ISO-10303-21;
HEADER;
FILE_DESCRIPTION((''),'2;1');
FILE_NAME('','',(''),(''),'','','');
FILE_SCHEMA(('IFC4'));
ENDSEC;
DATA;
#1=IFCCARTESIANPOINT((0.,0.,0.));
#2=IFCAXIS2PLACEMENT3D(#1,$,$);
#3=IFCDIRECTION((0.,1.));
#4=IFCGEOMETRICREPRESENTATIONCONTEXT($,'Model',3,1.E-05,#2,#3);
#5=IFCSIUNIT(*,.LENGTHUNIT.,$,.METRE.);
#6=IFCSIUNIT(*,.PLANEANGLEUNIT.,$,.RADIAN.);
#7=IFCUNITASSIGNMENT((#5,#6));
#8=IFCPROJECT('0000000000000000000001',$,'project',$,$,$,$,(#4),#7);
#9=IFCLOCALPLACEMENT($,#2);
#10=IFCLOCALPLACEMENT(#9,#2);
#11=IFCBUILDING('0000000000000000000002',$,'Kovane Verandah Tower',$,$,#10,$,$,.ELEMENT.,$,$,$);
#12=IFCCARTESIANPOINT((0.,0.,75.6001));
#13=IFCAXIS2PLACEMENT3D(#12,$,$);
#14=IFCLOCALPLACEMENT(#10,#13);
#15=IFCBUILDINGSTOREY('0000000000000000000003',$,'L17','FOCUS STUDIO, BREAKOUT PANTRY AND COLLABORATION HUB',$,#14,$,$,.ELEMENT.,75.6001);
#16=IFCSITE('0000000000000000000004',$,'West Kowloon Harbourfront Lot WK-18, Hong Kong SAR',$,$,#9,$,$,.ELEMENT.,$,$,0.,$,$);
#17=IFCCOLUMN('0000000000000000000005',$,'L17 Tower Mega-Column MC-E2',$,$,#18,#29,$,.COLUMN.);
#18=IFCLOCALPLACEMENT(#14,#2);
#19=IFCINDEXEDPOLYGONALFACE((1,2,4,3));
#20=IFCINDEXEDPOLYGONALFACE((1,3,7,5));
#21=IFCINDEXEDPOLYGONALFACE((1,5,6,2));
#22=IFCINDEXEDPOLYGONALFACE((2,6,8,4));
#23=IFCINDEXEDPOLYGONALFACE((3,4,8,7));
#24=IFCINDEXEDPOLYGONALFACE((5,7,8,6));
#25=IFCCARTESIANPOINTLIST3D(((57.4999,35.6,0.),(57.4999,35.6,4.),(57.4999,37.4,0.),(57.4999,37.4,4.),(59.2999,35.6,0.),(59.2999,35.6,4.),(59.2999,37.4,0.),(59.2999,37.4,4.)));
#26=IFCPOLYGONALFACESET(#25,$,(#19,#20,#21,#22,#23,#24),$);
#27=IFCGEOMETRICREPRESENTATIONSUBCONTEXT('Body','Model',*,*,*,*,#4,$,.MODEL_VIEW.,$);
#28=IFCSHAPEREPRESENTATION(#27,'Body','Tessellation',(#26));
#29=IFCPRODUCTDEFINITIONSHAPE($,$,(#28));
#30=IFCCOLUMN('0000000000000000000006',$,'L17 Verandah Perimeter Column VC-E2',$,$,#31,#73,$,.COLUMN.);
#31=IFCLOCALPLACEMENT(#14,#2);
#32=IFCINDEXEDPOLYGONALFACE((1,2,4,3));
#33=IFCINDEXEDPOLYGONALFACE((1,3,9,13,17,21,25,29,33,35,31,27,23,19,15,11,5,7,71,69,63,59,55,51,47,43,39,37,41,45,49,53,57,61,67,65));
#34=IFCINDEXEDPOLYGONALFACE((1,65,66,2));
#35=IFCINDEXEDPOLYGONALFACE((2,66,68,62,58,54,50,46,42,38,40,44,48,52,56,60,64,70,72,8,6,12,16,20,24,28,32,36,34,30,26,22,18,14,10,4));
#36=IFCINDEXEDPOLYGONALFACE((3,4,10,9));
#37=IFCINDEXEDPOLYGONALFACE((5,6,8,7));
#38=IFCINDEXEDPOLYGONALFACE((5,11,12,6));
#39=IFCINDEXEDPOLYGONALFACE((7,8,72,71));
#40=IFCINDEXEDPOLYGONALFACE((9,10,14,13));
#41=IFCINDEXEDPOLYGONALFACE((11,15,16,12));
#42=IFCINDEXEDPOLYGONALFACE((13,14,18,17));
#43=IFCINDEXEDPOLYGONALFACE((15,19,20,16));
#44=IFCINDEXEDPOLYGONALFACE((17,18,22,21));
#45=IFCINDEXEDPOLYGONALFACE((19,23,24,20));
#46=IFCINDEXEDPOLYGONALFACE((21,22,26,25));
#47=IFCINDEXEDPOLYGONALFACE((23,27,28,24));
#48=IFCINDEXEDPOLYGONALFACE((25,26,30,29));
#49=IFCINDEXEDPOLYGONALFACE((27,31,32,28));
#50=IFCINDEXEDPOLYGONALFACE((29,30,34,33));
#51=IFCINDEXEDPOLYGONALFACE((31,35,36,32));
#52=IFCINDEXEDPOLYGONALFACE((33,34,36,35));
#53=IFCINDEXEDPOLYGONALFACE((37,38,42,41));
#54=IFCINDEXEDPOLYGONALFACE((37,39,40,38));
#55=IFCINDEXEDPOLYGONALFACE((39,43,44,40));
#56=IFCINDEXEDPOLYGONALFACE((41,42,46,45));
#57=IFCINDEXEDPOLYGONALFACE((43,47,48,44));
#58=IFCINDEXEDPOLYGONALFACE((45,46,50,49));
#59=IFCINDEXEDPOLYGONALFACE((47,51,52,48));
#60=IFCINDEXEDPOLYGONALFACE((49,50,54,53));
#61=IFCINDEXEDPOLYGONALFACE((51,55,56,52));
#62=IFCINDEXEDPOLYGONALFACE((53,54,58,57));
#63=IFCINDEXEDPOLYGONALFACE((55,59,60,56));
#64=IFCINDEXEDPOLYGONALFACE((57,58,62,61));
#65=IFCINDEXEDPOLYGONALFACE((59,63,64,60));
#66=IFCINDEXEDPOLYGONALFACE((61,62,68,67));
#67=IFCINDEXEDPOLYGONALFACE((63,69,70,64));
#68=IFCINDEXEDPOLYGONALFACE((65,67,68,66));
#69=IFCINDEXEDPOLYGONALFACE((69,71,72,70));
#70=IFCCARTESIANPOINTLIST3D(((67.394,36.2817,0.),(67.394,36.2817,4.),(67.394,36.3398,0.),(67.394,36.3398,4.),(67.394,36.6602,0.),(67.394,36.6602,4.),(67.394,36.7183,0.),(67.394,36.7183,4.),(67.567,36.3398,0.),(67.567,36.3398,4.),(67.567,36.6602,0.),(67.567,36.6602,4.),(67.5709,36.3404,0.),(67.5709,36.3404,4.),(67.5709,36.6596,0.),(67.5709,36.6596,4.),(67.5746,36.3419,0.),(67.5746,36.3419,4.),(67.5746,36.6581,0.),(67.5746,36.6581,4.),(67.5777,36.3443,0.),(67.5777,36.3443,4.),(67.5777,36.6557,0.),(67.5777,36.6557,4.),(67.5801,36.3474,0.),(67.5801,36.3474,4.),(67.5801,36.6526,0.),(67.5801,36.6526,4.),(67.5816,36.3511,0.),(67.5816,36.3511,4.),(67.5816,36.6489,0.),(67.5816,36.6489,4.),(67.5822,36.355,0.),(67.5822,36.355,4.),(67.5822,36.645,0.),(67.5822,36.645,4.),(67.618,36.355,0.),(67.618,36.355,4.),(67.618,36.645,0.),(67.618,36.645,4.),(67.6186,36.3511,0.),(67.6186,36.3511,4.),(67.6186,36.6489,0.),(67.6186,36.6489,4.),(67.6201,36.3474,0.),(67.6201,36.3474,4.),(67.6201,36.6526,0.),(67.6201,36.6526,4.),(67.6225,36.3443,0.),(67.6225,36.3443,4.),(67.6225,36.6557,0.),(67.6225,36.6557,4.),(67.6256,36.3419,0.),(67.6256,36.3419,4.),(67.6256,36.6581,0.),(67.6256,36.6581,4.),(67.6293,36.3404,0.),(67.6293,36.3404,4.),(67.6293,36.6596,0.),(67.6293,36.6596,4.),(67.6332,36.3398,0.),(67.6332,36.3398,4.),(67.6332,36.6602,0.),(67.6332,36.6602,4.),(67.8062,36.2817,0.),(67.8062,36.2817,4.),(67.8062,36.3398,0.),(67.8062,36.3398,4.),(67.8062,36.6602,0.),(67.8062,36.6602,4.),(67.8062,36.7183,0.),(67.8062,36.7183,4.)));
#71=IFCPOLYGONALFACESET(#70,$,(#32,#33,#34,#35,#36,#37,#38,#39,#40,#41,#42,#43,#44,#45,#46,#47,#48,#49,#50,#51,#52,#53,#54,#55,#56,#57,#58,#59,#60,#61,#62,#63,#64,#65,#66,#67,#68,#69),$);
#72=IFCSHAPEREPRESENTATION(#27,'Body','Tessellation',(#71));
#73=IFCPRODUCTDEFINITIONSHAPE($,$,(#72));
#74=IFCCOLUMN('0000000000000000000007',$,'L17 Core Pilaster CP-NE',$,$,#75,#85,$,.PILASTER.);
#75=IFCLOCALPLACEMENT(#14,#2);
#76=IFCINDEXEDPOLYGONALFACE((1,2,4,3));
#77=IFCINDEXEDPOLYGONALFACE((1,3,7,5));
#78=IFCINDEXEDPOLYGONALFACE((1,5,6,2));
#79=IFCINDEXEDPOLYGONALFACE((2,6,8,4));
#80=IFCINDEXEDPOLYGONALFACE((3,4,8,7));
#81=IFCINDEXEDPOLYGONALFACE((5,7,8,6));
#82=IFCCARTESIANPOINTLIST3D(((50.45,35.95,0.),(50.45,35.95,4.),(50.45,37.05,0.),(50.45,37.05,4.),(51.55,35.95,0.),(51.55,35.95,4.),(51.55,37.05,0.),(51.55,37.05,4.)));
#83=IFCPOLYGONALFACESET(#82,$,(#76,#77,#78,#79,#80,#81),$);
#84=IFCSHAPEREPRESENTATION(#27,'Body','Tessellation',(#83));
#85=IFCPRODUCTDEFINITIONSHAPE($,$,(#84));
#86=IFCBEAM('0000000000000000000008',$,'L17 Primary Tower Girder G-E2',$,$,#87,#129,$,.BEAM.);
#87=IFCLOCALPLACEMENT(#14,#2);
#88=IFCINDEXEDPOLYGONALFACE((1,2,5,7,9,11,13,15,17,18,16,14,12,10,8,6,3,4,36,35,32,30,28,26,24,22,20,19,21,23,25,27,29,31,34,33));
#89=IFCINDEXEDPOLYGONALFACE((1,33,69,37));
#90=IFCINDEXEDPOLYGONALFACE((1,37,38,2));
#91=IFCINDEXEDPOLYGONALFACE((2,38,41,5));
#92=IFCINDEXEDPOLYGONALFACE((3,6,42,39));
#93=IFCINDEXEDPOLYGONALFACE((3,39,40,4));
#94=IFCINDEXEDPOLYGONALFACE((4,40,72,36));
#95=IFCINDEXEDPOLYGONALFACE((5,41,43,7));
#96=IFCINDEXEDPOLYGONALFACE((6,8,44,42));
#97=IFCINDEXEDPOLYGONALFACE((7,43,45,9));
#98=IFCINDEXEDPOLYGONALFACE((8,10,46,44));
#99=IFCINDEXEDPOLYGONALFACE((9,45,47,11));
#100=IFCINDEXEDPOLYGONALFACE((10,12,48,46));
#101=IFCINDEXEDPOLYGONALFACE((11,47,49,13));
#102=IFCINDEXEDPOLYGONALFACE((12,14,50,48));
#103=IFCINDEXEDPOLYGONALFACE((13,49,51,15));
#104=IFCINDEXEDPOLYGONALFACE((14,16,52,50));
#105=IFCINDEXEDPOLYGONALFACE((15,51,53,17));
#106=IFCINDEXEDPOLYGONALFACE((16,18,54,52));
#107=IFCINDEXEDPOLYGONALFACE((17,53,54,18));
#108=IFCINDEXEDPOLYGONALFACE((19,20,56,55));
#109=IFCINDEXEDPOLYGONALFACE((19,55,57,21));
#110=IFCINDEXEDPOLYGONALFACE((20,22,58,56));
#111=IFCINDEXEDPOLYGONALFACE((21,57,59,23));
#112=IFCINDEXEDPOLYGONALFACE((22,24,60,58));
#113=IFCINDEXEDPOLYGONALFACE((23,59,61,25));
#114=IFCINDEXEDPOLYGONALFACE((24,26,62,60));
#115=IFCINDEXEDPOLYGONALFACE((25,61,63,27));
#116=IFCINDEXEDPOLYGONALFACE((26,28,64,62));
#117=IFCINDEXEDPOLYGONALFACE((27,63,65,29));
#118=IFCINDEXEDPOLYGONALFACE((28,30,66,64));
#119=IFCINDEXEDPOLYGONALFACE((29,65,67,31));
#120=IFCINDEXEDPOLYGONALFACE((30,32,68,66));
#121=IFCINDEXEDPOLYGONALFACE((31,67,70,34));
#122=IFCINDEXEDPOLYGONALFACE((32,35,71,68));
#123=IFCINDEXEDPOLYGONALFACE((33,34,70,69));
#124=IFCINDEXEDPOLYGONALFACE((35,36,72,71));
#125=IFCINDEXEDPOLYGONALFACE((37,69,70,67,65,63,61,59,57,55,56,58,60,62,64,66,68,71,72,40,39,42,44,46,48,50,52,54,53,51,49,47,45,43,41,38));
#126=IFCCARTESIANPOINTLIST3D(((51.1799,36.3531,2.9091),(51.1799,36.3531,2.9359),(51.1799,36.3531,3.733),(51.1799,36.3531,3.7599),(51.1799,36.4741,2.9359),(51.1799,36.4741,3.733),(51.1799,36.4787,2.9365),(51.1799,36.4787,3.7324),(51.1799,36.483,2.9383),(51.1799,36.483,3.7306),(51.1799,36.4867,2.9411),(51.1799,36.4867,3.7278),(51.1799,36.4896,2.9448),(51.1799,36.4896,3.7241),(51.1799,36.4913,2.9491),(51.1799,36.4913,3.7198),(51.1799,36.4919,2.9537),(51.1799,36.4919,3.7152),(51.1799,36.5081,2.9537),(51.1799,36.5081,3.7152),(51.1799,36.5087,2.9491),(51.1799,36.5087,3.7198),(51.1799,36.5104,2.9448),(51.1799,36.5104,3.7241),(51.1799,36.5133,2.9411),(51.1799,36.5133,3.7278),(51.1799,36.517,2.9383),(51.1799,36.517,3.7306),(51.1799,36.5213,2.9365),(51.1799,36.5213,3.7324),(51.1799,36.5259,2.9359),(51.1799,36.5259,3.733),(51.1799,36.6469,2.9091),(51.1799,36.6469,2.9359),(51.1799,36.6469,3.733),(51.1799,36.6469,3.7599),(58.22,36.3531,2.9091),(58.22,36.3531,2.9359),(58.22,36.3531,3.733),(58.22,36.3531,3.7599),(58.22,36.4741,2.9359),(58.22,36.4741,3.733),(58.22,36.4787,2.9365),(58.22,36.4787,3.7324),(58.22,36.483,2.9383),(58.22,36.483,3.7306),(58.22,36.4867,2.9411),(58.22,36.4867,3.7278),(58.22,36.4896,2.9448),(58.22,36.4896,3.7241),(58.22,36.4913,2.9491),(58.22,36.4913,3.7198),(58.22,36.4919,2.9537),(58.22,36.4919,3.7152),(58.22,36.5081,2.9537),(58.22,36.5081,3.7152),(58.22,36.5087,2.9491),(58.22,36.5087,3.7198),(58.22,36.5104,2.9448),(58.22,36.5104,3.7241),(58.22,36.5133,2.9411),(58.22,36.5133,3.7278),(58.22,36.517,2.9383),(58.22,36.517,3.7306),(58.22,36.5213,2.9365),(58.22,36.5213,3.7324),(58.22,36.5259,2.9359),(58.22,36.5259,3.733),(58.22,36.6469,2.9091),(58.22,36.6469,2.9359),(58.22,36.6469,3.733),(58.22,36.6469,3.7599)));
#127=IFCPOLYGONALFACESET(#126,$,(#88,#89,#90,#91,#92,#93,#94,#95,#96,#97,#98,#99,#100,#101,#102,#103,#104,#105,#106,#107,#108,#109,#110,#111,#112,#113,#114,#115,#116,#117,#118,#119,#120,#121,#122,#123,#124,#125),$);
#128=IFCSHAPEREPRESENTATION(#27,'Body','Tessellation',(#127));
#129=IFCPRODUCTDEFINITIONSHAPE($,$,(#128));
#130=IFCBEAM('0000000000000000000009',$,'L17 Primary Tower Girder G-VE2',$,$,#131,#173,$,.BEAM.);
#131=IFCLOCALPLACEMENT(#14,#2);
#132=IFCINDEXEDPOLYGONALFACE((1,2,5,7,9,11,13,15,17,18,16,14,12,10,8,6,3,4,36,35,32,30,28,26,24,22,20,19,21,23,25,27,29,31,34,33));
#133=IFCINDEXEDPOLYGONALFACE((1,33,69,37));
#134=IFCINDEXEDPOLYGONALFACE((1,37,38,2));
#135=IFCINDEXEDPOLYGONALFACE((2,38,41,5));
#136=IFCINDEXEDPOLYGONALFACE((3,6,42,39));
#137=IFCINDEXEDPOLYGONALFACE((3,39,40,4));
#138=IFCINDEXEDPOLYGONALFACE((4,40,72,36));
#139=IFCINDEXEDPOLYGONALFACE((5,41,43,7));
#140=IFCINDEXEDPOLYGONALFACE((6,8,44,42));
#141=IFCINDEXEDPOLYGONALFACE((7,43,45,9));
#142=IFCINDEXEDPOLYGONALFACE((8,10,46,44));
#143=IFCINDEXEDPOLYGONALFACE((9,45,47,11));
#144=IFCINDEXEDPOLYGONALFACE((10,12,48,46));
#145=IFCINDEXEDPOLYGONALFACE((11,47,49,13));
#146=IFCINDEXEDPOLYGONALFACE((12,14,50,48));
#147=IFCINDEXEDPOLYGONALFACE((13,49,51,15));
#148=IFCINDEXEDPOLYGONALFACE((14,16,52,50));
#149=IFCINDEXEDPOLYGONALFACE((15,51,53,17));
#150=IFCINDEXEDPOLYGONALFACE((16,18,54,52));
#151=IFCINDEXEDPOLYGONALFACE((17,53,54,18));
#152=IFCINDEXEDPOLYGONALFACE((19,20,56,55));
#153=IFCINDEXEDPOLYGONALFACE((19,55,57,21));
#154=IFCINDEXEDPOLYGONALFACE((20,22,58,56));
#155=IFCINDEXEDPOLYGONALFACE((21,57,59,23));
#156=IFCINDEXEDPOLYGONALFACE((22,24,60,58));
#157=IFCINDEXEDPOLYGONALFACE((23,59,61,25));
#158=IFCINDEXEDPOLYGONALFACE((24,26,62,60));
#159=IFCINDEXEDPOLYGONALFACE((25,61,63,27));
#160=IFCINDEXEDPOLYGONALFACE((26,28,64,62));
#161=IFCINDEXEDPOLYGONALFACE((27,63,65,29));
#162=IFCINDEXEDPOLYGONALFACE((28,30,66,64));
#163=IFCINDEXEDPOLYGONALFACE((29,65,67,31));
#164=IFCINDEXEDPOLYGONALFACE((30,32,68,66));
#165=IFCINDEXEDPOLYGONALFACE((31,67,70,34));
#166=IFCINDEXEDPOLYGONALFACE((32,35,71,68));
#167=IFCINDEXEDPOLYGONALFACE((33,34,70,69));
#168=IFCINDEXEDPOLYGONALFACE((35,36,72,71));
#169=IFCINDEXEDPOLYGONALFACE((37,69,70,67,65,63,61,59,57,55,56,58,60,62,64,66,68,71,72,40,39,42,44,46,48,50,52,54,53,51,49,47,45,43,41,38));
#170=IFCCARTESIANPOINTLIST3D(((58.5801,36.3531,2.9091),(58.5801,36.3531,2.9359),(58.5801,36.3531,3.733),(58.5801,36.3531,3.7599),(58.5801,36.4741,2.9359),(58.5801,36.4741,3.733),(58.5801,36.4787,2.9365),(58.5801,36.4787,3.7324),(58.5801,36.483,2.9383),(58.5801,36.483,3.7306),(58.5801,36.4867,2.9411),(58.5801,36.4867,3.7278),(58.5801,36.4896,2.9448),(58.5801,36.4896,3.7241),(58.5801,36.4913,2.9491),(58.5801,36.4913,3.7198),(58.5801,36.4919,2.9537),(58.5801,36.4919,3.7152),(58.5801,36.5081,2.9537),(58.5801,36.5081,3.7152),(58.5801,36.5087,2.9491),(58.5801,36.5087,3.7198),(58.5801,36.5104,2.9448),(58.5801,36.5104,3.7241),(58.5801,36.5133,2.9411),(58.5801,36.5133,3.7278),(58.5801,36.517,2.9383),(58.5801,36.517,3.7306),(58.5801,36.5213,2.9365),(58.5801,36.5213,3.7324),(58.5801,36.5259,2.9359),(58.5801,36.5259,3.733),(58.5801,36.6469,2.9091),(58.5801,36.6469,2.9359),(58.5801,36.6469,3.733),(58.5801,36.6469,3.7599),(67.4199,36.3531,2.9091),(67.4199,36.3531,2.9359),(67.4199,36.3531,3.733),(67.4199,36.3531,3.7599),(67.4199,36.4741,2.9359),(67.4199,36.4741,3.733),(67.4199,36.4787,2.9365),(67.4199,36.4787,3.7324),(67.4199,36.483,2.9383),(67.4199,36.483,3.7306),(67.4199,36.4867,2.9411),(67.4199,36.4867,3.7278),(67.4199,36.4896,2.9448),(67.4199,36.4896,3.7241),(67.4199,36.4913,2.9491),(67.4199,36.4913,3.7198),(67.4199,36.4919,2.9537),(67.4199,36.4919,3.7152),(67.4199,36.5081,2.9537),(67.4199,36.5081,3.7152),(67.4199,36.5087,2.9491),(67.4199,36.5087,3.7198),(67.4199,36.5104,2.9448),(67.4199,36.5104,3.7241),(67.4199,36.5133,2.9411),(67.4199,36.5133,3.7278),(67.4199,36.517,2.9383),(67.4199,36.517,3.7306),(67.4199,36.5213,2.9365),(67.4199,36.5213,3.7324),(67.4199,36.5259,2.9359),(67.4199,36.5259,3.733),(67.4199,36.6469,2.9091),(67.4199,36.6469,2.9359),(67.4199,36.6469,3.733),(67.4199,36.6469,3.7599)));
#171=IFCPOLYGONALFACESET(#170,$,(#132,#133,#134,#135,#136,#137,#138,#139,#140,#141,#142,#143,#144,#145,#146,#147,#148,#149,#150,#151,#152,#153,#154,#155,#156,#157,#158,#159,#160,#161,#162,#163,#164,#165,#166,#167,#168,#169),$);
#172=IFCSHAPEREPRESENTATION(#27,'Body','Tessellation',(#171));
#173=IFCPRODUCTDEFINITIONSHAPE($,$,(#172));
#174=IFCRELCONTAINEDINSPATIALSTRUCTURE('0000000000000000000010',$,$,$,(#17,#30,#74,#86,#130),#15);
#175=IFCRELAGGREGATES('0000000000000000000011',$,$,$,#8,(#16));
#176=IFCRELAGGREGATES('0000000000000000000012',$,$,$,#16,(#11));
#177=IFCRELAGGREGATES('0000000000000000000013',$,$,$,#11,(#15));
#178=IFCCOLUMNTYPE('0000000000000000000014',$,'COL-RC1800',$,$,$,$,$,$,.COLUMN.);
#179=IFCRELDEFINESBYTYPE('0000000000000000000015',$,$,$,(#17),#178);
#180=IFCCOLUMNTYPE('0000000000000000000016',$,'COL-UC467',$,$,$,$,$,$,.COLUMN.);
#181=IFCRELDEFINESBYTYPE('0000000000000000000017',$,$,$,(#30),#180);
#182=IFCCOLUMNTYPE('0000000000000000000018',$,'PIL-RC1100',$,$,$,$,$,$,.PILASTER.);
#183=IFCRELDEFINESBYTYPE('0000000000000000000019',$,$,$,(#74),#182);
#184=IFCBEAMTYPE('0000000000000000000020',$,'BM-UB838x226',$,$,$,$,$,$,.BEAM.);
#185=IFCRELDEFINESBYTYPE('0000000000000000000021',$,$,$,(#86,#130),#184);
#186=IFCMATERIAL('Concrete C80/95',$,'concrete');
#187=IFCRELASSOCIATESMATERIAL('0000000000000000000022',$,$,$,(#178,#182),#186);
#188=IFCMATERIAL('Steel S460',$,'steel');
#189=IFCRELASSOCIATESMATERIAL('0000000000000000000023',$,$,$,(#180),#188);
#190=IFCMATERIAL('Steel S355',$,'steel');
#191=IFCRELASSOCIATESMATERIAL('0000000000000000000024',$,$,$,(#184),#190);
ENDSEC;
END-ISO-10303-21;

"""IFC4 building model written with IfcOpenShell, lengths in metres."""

from ifc_helpers import new_model, si_unit, direction, frame, origin, origin_2d, place, context, subcontext, project, spatial, rectangle, i_section, extrude, material, material_profile, profile_set, type_object, element, save


model = new_model("IFC4")

# Units and contexts
model_context = context("Model", 3, precision=1e-05, world=origin(), true_north=direction((0.0, 1.0)))
body_context = subcontext(model_context, "Body", "Model", "MODEL_VIEW")
ifc_project = project(units=[si_unit("LENGTHUNIT", "METRE"), si_unit("PLANEANGLEUNIT", "RADIAN")], contexts=[model_context])

# Site, building, storey
site_placement = place(None, origin())
site = spatial("IfcSite", under=ifc_project, at=site_placement, Name="West Kowloon Harbourfront Lot WK-18, Hong Kong SAR", CompositionType="ELEMENT", RefElevation=0.0)
building_placement = place(site_placement, origin())
building = spatial("IfcBuilding", under=site, at=building_placement, Name="Kovane Verandah Tower", CompositionType="ELEMENT")
storey_placement = place(building_placement, frame((0.0, 0.0, 75.6001)))
storey = spatial("IfcBuildingStorey", under=building, at=storey_placement, Name="L17", Description="FOCUS STUDIO, BREAKOUT PANTRY AND COLLABORATION HUB", CompositionType="ELEMENT", Elevation=75.6001)

# Columns
ifc_material_1 = material(Name="Concrete C80/95", Category="concrete")
ifc_material_profile_1 = material_profile(ifc_material_1, rectangle(XDim=1.8, YDim=1.8, at=origin_2d()), Name="RC1800x1800")
ifc_profile_set_1 = profile_set([ifc_material_profile_1], Name="Concrete C80/95")
column_type_1 = type_object("IfcColumnType", Name="COL-RC1800", PredefinedType="COLUMN", material=ifc_profile_set_1)
column_1_placement = place(storey_placement, frame((58.3999, 36.5, 0.0), z_axis=(0.0, 0.0, 1.0), x_axis=(1.0, 0.0, 0.0)))
element("IfcColumn", 1, at=column_1_placement, inside=storey, type_object=column_type_1, Name="L17 Tower Mega-Column MC-E2", PredefinedType="COLUMN", context=body_context, shape_type="SweptSolid", body=[
    extrude(rectangle(XDim=1.8, YDim=1.8, at=origin_2d()), origin(), (0.0, 0.0, 1.0), 4.0),
])
ifc_material_2 = material(Name="Steel S460", Category="steel")
ifc_material_profile_2 = material_profile(ifc_material_2, i_section(OverallWidth=0.4121, OverallDepth=0.4365, WebThickness=0.0359, FlangeThickness=0.0581, FilletRadius=0.0151, at=origin_2d()), Name="UC356x406x467")
ifc_profile_set_2 = profile_set([ifc_material_profile_2], Name="Steel S460")
column_type_2 = type_object("IfcColumnType", Name="COL-UC467", PredefinedType="COLUMN", material=ifc_profile_set_2)
column_2_placement = place(storey_placement, frame((67.6001, 36.5, 0.0), z_axis=(0.0, 0.0, 1.0), x_axis=(1.0, 0.0, 0.0)))
element("IfcColumn", 2, at=column_2_placement, inside=storey, type_object=column_type_2, Name="L17 Verandah Perimeter Column VC-E2", PredefinedType="COLUMN", context=body_context, shape_type="SweptSolid", body=[
    extrude(i_section(OverallWidth=0.4121, OverallDepth=0.4365, WebThickness=0.0359, FlangeThickness=0.0581, FilletRadius=0.0151, at=origin_2d()), origin(), (0.0, 0.0, 1.0), 4.0),
])
ifc_material_profile_3 = material_profile(ifc_material_1, rectangle(XDim=1.1001, YDim=1.1001, at=origin_2d()), Name="RC1100x1100")
ifc_profile_set_3 = profile_set([ifc_material_profile_3], Name="Concrete C80/95")
column_type_3 = type_object("IfcColumnType", Name="PIL-RC1100", PredefinedType="PILASTER", material=ifc_profile_set_3)
column_3_placement = place(storey_placement, frame((51.0, 36.5, 0.0), z_axis=(0.0, 0.0, 1.0), x_axis=(1.0, 0.0, 0.0)))
element("IfcColumn", 3, at=column_3_placement, inside=storey, type_object=column_type_3, Name="L17 Core Pilaster CP-NE", PredefinedType="PILASTER", context=body_context, shape_type="SweptSolid", body=[
    extrude(rectangle(XDim=1.1001, YDim=1.1001, at=origin_2d()), origin(), (0.0, 0.0, 1.0), 4.0),
])

# Beams
ifc_material_3 = material(Name="Steel S355", Category="steel")
ifc_material_profile_4 = material_profile(ifc_material_3, i_section(OverallWidth=0.2937, OverallDepth=0.8508, WebThickness=0.0161, FlangeThickness=0.0269, FilletRadius=0.0178, at=origin_2d()), Name="UB838x292x226")
ifc_profile_set_4 = profile_set([ifc_material_profile_4], Name="Steel S355")
beam_type = type_object("IfcBeamType", Name="BM-UB838x226", PredefinedType="BEAM", material=ifc_profile_set_4)
beam_1_placement = place(storey_placement, frame((51.1799, 36.5, 3.3345), z_axis=(1.0, 0.0, 0.0), x_axis=(0.0, 1.0, 0.0)))
element("IfcBeam", 4, at=beam_1_placement, inside=storey, type_object=beam_type, Name="L17 Primary Tower Girder G-E2", PredefinedType="BEAM", context=body_context, shape_type="SweptSolid", body=[
    extrude(i_section(OverallWidth=0.2937, OverallDepth=0.8508, WebThickness=0.0161, FlangeThickness=0.0269, FilletRadius=0.0178, at=origin_2d()), origin(), (0.0, 0.0, 1.0), 7.04),
])
beam_2_placement = place(storey_placement, frame((58.5801, 36.5, 3.3345), z_axis=(1.0, 0.0, 0.0), x_axis=(0.0, 1.0, 0.0)))
element("IfcBeam", 5, at=beam_2_placement, inside=storey, type_object=beam_type, Name="L17 Primary Tower Girder G-VE2", PredefinedType="BEAM", context=body_context, shape_type="SweptSolid", body=[
    extrude(i_section(OverallWidth=0.2937, OverallDepth=0.8508, WebThickness=0.0161, FlangeThickness=0.0269, FilletRadius=0.0178, at=origin_2d()), origin(), (0.0, 0.0, 1.0), 8.8398),
])

save(model, "model.ifc")
